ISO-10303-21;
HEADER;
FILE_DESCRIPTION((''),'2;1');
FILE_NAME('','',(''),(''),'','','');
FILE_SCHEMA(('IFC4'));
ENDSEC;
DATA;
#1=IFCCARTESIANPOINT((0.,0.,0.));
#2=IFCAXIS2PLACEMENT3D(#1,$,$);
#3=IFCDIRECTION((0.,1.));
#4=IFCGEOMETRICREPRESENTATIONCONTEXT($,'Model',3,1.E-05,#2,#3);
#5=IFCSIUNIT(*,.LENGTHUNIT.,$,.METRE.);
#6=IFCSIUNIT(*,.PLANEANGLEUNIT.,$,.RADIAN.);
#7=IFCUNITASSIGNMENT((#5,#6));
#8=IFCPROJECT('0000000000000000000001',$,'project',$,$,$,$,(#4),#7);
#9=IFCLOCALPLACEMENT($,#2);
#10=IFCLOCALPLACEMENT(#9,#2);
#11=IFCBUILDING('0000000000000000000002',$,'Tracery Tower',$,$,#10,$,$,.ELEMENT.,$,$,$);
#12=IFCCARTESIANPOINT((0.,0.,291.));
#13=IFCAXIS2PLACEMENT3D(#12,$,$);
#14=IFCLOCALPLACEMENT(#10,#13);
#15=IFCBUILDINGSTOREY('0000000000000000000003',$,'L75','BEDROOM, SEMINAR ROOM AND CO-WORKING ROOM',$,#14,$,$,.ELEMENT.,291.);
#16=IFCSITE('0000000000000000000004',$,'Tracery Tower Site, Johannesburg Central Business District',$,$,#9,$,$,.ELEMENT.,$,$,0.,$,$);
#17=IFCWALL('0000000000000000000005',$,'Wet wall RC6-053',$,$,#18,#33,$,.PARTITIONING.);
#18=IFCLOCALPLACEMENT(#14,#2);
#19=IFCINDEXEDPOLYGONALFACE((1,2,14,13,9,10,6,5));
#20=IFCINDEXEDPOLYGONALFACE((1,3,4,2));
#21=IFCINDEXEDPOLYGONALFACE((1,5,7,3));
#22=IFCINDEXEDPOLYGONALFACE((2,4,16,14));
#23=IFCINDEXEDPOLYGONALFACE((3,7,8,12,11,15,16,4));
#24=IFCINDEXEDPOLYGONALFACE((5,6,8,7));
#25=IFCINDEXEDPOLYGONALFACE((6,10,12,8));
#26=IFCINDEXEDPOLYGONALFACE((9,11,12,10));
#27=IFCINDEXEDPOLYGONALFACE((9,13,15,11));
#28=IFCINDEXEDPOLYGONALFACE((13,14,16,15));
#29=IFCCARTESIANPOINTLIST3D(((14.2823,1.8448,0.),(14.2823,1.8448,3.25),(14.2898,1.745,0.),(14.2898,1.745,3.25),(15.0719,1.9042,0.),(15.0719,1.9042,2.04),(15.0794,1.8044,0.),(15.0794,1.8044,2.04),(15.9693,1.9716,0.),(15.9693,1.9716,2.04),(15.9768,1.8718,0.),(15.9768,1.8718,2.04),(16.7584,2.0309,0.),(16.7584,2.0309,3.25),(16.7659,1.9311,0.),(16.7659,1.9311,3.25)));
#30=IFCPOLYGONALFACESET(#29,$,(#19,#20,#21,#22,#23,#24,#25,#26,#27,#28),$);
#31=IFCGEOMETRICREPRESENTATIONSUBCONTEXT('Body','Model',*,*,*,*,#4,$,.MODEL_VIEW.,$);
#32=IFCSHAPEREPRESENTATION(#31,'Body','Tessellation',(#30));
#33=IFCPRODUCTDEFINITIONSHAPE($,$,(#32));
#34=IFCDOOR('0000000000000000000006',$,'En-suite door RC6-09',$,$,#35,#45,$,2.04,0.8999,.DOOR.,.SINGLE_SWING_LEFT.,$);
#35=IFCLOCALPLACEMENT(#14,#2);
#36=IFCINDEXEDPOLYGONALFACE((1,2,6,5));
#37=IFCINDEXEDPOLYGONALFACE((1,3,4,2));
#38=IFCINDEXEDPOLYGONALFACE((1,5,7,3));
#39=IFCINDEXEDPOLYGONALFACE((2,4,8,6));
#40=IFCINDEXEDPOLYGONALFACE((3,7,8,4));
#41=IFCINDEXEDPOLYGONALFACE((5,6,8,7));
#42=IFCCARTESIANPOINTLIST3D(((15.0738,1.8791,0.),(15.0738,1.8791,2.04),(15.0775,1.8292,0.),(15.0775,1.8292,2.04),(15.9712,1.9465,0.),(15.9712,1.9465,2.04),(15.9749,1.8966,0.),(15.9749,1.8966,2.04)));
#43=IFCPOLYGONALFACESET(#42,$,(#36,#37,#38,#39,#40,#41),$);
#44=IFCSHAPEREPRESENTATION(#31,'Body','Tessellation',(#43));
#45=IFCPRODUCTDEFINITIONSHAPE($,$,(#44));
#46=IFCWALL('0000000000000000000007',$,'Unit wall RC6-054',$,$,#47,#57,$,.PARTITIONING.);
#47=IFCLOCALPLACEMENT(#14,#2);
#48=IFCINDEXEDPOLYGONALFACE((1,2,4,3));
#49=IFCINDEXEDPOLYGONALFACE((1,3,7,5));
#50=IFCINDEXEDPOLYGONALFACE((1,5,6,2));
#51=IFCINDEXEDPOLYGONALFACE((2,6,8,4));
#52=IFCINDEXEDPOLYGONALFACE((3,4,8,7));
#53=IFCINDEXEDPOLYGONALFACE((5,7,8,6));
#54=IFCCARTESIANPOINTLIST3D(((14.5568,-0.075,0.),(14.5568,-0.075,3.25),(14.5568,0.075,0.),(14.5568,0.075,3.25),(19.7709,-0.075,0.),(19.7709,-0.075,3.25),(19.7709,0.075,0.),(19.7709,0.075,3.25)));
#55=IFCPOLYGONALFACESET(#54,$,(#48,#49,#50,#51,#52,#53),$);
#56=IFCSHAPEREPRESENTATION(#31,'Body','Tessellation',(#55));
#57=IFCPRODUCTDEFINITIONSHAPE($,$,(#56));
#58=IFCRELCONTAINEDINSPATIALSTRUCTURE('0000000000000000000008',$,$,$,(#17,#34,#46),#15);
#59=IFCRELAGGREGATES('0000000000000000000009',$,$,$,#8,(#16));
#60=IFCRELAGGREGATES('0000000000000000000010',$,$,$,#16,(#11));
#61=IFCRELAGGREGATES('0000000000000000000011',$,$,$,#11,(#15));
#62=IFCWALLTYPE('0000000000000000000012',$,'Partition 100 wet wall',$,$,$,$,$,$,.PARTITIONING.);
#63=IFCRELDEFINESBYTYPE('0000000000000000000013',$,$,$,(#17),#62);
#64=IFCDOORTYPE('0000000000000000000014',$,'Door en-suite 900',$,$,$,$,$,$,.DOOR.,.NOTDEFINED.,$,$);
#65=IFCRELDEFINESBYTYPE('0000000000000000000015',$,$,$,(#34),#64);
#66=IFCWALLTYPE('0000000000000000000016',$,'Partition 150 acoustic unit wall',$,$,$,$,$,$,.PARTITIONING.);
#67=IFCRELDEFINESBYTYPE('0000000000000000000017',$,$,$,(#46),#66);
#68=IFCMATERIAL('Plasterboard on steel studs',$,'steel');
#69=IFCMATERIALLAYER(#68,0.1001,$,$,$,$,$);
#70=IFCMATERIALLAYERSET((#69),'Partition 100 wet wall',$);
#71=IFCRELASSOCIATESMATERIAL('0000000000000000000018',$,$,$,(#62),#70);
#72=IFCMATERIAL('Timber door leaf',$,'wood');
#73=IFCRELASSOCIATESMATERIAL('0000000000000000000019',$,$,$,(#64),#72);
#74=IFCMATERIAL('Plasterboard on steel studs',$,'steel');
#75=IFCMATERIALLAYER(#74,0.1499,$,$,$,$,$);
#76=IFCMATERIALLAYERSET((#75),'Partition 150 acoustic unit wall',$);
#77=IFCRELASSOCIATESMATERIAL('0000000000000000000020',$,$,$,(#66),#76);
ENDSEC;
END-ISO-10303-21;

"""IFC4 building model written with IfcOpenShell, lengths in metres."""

from ifc_helpers import new_model, si_unit, direction, frame, frame_2d, origin, place, context, subcontext, project, spatial, rectangle, extrude, material, layer, layer_set, type_object, element, fill, save


model = new_model("IFC4")

# Units and contexts
model_context = context("Model", 3, precision=1e-05, world=origin(), true_north=direction((0.0, 1.0)))
body_context = subcontext(model_context, "Body", "Model", "MODEL_VIEW")
ifc_project = project(units=[si_unit("LENGTHUNIT", "METRE"), si_unit("PLANEANGLEUNIT", "RADIAN")], contexts=[model_context])

# Site, building, storey
site_placement = place(None, origin())
site = spatial("IfcSite", under=ifc_project, at=site_placement, Name="Tracery Tower Site, Johannesburg Central Business District", CompositionType="ELEMENT", RefElevation=0.0)
building_placement = place(site_placement, origin())
building = spatial("IfcBuilding", under=site, at=building_placement, Name="Tracery Tower", CompositionType="ELEMENT")
storey_placement = place(building_placement, frame((0.0, 0.0, 291.0)))
storey = spatial("IfcBuildingStorey", under=building, at=storey_placement, Name="L75", Description="BEDROOM, SEMINAR ROOM AND CO-WORKING ROOM", CompositionType="ELEMENT", Elevation=291.0)

# Shared definitions
ifc_material_1 = material(Name="Plasterboard on steel studs", Category="steel")
ifc_layer_1 = layer(ifc_material_1, 0.1001)
ifc_layer_set_1 = layer_set([ifc_layer_1], Name="Partition 100 wet wall")
wall_type_1 = type_object("IfcWallType", Name="Partition 100 wet wall", PredefinedType="PARTITIONING", material=ifc_layer_set_1)

# Wall, opening, door
wall_1_placement = place(storey_placement, frame((14.2859, 1.7949, 0.0), z_axis=(0.0, 0.0, 1.0), x_axis=(0.997189, 0.074922, 0.0)))
wall_1 = element("IfcWall", 1, at=wall_1_placement, inside=storey, type_object=wall_type_1, Name="Wet wall RC6-053", PredefinedType="PARTITIONING", context=body_context, shape_type="SweptSolid", body=[
    extrude(rectangle(XDim=2.4832, YDim=0.1001, at=frame_2d((1.2417, 0.0))), origin(), (0.0, 0.0, 1.0), 3.25),
])
opening_1_placement = place(wall_1_placement, frame((0.792, 0.0, 0.0)))
opening_1 = element("IfcOpeningElement", 2, at=opening_1_placement, cuts=wall_1, PredefinedType="OPENING", context=body_context, shape_type="SweptSolid", body=[
    extrude(rectangle(XDim=0.8999, YDim=2.04, at=frame_2d((0.45, 1.02))), frame((0.0, 0.05, 0.0), z_axis=(0.0, -1.0, 0.0), x_axis=(1.0, 0.0, 0.0)), (0.0, 0.0, 1.0), 0.1001),
])
ifc_material_2 = material(Name="Timber door leaf", Category="wood")
door_type_1 = type_object("IfcDoorType", Name="Door en-suite 900", OperationType="NOTDEFINED", PredefinedType="DOOR", material=ifc_material_2)
door_1_placement = place(opening_1_placement, origin())
door_1 = element("IfcDoor", 3, at=door_1_placement, inside=storey, type_object=door_type_1, Name="En-suite door RC6-09", OperationType="SINGLE_SWING_LEFT", OverallHeight=2.04, OverallWidth=0.8999, PredefinedType="DOOR", context=body_context, shape_type="SweptSolid", body=[
    extrude(rectangle(XDim=0.8999, YDim=2.04, at=frame_2d((0.45, 1.02))), frame((0.0, 0.0249, 0.0), z_axis=(0.0, -1.0, 0.0), x_axis=(1.0, 0.0, 0.0)), (0.0, 0.0, 1.0), 0.05),
])
fill(opening_1, door_1)

# Wall
ifc_material_3 = material(Name="Plasterboard on steel studs", Category="steel")
ifc_layer_2 = layer(ifc_material_3, 0.1499)
ifc_layer_set_2 = layer_set([ifc_layer_2], Name="Partition 150 acoustic unit wall")
wall_type_2 = type_object("IfcWallType", Name="Partition 150 acoustic unit wall", PredefinedType="PARTITIONING", material=ifc_layer_set_2)
wall_2_placement = place(storey_placement, frame((14.5569, 0.0, 0.0), z_axis=(0.0, 0.0, 1.0), x_axis=(1.0, 0.0, 0.0)))
element("IfcWall", 4, at=wall_2_placement, inside=storey, type_object=wall_type_2, Name="Unit wall RC6-054", PredefinedType="PARTITIONING", context=body_context, shape_type="SweptSolid", body=[
    extrude(rectangle(XDim=5.2141, YDim=0.1499, at=frame_2d((2.6069, 0.0))), origin(), (0.0, 0.0, 1.0), 3.25),
])

save(model, "model.ifc")
